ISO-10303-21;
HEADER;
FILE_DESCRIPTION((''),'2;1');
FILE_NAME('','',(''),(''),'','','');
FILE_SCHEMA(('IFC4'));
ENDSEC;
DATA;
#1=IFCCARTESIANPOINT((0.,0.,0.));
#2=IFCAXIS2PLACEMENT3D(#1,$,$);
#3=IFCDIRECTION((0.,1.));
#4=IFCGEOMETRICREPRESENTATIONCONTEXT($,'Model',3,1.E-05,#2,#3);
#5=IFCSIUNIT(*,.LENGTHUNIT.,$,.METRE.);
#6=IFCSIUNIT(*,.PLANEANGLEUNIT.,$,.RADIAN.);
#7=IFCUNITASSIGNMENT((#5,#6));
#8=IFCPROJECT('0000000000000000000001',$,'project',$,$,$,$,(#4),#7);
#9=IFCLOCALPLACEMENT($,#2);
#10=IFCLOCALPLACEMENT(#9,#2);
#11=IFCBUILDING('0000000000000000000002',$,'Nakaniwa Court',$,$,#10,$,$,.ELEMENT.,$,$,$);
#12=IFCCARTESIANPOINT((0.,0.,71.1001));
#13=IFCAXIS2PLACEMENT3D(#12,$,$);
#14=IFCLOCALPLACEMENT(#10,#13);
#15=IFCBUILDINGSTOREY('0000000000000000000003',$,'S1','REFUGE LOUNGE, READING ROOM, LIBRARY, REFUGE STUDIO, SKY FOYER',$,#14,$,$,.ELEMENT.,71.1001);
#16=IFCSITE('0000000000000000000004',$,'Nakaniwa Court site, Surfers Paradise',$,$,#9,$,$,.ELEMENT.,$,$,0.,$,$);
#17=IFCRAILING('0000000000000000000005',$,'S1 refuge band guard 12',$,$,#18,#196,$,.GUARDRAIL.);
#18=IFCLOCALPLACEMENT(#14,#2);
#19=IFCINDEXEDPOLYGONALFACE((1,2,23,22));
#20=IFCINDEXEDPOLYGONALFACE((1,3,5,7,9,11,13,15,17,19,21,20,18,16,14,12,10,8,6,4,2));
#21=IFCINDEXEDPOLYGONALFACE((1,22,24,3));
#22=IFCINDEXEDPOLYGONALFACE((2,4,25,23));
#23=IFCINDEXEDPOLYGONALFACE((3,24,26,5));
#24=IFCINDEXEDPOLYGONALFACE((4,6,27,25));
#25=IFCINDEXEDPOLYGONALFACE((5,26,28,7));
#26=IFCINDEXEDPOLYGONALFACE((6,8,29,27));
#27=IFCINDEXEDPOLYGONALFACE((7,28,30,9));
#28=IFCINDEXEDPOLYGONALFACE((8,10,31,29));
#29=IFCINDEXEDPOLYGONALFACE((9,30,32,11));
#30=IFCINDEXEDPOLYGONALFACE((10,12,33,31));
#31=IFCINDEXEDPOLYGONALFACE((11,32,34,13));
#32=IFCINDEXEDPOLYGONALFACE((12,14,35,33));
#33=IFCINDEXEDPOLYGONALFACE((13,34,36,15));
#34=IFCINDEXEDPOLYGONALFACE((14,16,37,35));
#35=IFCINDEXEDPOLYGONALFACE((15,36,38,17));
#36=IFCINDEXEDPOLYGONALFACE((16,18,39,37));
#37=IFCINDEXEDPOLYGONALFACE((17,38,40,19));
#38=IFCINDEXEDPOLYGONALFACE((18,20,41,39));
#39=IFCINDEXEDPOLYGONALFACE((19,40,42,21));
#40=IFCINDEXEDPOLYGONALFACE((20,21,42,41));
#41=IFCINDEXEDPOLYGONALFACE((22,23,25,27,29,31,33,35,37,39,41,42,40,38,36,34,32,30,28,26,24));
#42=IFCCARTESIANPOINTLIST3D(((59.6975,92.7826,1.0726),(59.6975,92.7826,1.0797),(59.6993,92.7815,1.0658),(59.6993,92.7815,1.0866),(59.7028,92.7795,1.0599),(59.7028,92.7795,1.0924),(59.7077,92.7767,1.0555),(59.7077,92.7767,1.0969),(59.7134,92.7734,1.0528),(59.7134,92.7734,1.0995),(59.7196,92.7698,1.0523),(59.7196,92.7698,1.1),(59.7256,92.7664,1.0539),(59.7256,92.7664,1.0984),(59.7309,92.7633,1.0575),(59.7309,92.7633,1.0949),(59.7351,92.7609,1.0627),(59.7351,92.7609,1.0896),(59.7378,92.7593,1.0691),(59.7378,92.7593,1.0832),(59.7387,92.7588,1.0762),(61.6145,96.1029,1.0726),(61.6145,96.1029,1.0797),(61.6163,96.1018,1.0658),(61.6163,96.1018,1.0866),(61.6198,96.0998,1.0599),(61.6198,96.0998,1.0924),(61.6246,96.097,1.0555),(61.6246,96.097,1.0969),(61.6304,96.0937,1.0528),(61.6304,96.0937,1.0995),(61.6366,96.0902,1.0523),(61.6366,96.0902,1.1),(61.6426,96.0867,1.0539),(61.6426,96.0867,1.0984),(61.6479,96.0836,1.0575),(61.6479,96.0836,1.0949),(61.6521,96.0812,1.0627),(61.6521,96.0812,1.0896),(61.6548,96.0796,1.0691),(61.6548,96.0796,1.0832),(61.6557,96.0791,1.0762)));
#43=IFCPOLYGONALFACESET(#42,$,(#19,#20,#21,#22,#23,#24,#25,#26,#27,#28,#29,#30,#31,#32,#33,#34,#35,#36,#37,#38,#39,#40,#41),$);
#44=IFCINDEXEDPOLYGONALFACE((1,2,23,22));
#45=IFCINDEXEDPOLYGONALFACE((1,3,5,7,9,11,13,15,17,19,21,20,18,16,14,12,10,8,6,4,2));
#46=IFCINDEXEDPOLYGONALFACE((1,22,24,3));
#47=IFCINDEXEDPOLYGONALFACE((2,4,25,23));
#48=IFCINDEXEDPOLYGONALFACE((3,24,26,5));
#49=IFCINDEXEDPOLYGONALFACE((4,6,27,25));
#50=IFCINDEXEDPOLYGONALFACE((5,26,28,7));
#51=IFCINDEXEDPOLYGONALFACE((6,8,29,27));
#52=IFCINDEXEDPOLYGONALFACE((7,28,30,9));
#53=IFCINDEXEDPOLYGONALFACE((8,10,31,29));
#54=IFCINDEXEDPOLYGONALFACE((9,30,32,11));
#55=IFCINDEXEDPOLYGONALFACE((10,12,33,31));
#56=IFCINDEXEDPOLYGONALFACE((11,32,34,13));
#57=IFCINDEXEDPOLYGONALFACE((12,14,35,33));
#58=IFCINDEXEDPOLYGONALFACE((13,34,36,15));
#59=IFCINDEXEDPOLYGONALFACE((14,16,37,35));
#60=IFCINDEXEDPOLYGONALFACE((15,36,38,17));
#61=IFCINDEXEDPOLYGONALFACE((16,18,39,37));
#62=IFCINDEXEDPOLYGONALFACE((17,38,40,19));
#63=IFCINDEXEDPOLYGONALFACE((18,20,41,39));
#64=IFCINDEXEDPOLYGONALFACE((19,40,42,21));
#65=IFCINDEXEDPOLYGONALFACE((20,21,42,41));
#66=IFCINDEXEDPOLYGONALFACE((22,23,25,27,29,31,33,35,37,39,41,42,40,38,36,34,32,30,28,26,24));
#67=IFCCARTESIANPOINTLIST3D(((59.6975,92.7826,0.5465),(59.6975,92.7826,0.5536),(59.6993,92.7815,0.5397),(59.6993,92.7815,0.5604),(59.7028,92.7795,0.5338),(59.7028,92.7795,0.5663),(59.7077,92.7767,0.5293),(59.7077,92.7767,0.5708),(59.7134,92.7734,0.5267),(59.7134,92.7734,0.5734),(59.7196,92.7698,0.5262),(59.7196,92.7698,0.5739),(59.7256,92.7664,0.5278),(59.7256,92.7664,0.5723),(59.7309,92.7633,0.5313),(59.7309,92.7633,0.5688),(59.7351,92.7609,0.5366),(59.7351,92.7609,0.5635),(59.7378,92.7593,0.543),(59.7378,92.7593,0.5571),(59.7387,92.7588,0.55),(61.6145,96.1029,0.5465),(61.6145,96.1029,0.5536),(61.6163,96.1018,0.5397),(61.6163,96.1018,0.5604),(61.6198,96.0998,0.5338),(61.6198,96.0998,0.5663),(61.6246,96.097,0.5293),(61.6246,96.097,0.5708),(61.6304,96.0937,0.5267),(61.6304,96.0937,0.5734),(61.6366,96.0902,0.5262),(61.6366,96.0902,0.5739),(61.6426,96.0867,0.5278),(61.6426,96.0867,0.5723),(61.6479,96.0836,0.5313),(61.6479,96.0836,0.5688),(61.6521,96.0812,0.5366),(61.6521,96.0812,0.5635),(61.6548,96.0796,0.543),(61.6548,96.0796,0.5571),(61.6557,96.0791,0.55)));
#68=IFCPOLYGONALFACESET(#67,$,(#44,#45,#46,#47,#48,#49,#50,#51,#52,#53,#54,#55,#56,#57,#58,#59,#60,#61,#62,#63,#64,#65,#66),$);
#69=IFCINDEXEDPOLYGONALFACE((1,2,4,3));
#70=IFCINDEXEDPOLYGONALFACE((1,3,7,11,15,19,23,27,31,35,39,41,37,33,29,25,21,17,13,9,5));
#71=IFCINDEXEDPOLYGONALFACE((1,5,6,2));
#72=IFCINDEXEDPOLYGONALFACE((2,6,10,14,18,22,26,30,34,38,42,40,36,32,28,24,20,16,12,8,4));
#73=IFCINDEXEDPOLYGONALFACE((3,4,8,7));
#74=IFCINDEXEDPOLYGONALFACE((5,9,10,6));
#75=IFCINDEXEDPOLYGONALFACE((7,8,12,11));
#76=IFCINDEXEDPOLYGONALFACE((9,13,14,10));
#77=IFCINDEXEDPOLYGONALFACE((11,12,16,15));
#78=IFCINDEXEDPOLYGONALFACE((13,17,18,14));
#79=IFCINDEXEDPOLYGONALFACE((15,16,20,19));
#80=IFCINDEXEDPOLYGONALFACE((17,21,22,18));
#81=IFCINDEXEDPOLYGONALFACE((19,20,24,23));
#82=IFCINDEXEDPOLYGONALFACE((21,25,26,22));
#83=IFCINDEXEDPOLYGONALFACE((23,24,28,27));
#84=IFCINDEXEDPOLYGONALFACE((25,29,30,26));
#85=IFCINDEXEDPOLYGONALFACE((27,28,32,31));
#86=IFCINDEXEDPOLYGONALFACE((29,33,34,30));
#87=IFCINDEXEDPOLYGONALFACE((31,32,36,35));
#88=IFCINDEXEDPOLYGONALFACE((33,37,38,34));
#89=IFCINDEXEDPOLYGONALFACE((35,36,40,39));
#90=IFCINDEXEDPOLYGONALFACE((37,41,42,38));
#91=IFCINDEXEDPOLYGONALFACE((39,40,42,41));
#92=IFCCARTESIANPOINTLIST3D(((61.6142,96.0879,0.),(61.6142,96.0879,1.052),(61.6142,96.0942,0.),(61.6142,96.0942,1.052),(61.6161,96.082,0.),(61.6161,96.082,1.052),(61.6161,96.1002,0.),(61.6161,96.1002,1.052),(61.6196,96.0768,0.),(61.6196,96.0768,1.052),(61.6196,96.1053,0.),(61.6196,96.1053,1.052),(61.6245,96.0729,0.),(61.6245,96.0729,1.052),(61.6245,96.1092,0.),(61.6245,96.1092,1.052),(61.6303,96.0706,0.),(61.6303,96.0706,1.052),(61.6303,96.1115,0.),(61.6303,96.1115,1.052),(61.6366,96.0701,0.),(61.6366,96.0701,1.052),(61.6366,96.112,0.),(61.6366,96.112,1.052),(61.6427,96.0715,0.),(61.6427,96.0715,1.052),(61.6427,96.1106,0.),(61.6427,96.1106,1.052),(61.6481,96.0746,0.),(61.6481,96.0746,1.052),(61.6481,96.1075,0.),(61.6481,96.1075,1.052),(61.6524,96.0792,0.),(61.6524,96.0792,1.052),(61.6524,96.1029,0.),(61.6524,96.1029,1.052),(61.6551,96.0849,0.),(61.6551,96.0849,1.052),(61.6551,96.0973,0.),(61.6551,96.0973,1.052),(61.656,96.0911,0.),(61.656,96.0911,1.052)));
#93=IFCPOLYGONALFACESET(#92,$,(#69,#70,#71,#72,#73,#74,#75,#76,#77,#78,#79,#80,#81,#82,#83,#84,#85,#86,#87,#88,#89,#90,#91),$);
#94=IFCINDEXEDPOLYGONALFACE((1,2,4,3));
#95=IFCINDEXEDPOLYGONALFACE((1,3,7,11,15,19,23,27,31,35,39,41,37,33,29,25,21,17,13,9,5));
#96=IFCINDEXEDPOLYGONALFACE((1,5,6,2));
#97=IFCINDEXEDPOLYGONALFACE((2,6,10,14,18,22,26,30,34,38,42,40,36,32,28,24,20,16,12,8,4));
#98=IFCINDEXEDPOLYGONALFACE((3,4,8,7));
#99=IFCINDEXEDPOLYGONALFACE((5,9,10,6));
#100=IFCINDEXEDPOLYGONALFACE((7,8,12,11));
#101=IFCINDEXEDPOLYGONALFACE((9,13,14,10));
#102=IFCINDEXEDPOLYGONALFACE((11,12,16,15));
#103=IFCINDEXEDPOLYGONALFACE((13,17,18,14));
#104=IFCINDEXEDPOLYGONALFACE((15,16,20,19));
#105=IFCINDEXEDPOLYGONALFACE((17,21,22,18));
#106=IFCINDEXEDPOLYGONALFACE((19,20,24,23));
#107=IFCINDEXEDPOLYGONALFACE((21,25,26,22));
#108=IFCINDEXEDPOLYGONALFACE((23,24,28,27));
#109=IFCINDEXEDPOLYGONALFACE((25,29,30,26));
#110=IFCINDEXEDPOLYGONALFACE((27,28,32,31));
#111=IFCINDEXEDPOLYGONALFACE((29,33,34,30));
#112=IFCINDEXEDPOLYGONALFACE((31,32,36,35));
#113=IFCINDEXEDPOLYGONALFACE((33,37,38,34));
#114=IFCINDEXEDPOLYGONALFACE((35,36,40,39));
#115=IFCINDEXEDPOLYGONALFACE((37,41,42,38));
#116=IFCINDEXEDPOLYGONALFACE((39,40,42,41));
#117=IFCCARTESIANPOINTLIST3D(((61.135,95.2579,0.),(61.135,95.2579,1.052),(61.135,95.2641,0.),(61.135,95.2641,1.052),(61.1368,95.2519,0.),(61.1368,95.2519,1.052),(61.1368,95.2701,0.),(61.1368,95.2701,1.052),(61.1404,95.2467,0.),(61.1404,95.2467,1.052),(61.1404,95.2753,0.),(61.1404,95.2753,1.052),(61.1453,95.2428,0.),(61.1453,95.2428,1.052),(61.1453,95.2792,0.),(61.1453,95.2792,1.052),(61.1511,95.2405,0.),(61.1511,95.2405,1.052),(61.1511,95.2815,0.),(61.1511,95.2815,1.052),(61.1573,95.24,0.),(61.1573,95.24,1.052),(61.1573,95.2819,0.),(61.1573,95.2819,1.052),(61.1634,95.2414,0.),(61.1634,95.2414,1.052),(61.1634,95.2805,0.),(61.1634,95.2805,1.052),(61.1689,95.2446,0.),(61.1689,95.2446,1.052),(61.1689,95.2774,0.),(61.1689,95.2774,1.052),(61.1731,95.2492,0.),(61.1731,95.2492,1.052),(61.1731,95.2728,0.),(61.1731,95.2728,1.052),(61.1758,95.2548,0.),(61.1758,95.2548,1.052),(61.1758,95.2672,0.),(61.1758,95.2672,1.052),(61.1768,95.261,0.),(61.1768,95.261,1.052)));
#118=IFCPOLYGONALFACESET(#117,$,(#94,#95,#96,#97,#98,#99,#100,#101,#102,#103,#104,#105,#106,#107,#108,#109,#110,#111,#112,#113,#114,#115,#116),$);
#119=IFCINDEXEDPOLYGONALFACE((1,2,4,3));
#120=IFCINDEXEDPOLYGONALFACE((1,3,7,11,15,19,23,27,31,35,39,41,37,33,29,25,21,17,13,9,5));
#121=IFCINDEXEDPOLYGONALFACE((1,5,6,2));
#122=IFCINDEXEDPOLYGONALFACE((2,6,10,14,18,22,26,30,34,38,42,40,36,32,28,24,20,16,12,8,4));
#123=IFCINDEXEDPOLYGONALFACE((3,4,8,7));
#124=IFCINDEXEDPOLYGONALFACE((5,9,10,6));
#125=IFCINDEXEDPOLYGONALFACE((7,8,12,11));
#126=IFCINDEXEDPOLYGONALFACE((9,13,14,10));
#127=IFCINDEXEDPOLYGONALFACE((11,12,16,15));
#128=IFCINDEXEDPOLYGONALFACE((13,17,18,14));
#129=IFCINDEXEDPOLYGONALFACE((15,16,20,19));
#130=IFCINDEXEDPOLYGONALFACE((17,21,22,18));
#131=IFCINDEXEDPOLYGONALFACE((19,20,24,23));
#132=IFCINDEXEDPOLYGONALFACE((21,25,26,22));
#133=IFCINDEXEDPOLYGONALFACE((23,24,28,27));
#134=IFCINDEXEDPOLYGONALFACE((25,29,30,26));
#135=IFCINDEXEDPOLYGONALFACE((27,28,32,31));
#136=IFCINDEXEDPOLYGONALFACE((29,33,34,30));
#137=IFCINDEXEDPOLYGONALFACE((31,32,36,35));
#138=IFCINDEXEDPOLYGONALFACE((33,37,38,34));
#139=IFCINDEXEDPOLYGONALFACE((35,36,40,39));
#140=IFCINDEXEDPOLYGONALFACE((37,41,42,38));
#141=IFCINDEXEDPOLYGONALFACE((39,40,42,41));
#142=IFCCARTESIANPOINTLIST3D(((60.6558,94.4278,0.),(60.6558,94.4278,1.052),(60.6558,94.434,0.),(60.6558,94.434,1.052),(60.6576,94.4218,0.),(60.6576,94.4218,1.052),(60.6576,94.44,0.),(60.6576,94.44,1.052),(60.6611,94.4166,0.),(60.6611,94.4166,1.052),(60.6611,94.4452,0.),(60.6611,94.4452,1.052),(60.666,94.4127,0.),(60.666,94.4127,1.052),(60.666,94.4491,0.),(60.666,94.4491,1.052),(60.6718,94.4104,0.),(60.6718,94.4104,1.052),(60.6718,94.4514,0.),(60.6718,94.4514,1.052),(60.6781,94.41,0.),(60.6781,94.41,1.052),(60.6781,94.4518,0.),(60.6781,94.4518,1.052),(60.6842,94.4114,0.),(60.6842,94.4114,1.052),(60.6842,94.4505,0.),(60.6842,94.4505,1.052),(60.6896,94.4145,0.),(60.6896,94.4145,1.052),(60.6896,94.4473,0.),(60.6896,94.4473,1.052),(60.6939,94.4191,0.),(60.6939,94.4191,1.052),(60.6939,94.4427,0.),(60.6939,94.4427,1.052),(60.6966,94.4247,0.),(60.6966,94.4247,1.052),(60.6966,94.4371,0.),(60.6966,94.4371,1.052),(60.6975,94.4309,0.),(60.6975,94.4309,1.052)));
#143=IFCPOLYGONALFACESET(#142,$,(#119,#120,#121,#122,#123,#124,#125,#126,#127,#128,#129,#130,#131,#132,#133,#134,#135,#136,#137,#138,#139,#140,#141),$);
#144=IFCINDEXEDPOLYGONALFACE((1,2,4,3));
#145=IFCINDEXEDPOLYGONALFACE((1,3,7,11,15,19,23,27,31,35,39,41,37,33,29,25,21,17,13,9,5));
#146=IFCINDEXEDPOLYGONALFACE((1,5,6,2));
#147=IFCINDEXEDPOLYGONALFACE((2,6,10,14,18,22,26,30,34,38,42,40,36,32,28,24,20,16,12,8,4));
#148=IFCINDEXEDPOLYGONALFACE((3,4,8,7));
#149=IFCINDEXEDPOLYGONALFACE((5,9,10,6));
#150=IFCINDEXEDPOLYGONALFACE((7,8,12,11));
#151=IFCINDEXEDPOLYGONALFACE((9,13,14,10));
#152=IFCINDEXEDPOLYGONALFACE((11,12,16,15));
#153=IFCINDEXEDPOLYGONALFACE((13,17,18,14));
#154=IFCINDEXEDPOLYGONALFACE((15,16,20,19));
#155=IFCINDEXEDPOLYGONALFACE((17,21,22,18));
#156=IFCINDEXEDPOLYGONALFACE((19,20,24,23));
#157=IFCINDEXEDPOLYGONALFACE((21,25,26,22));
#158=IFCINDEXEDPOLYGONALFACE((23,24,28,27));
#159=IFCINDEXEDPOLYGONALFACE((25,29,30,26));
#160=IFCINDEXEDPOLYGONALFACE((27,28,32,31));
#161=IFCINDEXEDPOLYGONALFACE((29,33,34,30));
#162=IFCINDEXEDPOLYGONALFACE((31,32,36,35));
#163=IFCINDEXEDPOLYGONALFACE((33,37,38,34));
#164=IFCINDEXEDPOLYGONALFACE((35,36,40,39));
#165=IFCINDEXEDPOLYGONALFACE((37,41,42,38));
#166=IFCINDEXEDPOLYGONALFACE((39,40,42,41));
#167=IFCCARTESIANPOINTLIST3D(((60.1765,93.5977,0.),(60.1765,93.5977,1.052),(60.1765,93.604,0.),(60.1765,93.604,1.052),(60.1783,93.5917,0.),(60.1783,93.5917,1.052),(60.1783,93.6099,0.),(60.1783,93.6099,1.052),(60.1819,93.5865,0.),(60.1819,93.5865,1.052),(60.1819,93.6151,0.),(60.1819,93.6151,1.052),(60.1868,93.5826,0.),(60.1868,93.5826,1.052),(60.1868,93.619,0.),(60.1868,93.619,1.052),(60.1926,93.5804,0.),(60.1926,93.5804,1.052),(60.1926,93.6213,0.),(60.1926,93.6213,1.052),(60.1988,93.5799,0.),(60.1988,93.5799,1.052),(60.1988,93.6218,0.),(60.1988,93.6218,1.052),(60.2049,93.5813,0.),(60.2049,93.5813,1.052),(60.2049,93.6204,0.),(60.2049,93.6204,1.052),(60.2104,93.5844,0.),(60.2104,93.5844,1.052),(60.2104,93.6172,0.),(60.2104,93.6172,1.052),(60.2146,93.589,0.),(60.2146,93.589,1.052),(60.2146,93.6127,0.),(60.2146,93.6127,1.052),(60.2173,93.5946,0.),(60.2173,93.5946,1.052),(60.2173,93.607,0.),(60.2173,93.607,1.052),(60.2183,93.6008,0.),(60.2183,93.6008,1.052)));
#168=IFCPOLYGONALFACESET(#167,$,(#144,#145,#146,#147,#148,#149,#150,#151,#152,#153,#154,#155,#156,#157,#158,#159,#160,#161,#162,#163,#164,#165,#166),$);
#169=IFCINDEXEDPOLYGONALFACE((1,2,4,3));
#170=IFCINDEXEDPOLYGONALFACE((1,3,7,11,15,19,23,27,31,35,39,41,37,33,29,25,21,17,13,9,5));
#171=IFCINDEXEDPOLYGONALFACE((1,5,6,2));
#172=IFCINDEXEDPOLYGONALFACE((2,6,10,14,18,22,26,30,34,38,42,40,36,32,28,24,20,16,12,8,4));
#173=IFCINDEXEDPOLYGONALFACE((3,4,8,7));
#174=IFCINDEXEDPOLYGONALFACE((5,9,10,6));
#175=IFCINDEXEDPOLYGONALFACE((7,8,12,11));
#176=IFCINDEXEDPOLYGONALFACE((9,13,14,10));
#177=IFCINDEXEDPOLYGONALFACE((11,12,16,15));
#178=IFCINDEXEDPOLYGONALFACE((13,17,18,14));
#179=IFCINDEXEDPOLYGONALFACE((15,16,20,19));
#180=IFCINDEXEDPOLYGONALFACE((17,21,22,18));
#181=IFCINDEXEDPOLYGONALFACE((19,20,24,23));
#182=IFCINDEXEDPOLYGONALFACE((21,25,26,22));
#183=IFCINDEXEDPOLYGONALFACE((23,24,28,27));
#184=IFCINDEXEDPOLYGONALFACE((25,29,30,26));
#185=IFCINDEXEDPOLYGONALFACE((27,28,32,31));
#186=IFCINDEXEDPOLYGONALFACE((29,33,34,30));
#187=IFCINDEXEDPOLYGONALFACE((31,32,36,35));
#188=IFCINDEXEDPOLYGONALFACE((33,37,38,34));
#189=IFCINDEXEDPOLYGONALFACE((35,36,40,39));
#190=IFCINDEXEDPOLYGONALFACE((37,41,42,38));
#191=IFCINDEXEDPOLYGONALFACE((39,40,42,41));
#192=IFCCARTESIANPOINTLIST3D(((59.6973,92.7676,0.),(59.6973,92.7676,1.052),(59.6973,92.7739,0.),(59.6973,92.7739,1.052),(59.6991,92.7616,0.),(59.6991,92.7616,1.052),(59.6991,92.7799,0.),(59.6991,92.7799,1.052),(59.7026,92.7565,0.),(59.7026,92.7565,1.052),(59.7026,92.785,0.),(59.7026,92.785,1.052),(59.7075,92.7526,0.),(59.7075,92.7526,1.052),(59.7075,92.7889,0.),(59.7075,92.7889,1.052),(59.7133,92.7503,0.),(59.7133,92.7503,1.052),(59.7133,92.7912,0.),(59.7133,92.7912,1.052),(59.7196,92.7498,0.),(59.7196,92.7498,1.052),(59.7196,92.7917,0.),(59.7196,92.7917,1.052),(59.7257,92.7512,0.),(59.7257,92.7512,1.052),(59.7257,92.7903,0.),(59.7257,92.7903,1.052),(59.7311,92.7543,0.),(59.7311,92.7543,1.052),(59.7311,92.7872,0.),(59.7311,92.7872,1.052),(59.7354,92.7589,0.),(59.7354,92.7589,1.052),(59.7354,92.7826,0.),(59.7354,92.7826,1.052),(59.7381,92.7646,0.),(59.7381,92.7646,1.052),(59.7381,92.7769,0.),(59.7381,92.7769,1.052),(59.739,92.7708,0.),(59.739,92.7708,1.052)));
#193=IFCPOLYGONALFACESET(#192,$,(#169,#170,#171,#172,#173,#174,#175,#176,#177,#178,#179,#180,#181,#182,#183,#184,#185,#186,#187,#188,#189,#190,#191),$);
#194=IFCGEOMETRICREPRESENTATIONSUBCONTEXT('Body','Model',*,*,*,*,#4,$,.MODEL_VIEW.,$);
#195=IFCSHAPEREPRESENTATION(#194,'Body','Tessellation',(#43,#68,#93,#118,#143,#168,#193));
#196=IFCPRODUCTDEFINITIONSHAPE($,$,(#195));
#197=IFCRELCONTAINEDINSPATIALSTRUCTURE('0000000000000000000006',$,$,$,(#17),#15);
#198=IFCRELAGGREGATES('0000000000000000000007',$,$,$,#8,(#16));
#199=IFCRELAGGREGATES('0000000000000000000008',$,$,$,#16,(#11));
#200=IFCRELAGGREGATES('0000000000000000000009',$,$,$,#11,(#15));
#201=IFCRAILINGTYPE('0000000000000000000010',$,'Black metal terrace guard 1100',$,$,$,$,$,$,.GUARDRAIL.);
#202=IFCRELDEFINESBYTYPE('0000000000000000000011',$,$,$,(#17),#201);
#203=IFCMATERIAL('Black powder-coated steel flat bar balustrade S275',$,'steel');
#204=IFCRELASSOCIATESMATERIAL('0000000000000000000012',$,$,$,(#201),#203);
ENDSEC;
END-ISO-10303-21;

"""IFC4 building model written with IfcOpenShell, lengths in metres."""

from ifc_helpers import new_model, si_unit, direction, frame, origin, origin_2d, place, context, subcontext, project, spatial, circle, extrude, material, type_object, element, save


model = new_model("IFC4")

# Units and contexts
model_context = context("Model", 3, precision=1e-05, world=origin(), true_north=direction((0.0, 1.0)))
body_context = subcontext(model_context, "Body", "Model", "MODEL_VIEW")
ifc_project = project(units=[si_unit("LENGTHUNIT", "METRE"), si_unit("PLANEANGLEUNIT", "RADIAN")], contexts=[model_context])

# Site, building, storey
site_placement = place(None, origin())
site = spatial("IfcSite", under=ifc_project, at=site_placement, Name="Nakaniwa Court site, Surfers Paradise", CompositionType="ELEMENT", RefElevation=0.0)
building_placement = place(site_placement, origin())
building = spatial("IfcBuilding", under=site, at=building_placement, Name="Nakaniwa Court", CompositionType="ELEMENT")
storey_placement = place(building_placement, frame((0.0, 0.0, 71.1001)))
storey = spatial("IfcBuildingStorey", under=building, at=storey_placement, Name="S1", Description="REFUGE LOUNGE, READING ROOM, LIBRARY, REFUGE STUDIO, SKY FOYER", CompositionType="ELEMENT", Elevation=71.1001)

# Railing
ifc_material_1 = material(Name="Black powder-coated steel flat bar balustrade S275", Category="steel")
railing_type = type_object("IfcRailingType", Name="Black metal terrace guard 1100", PredefinedType="GUARDRAIL", material=ifc_material_1)
railing_1_placement = place(storey_placement, frame((61.635, 96.0911, 0.0)))
element("IfcRailing", 1, at=railing_1_placement, inside=storey, type_object=railing_type, Name="S1 refuge band guard 12", PredefinedType="GUARDRAIL", context=body_context, shape_type="SweptSolid", body=[
    extrude(circle(Radius=0.0239, at=origin_2d()), frame((0.0, 0.0, 1.0762), z_axis=(-0.500002, -0.866024, 0.0), x_axis=(0.866024, -0.500002, 0.0)), (0.0, 0.0, 1.0), 3.834),
    extrude(circle(Radius=0.0239, at=origin_2d()), frame((0.0, 0.0, 0.55), z_axis=(-0.500002, -0.866024, 0.0), x_axis=(0.866024, -0.500002, 0.0)), (0.0, 0.0, 1.0), 3.834),
    extrude(circle(Radius=0.021, at=origin_2d()), origin(), (0.0, 0.0, 1.0), 1.052),
    extrude(circle(Radius=0.021, at=origin_2d()), frame((-0.4792, -0.8301, 0.0)), (0.0, 0.0, 1.0), 1.052),
    extrude(circle(Radius=0.021, at=origin_2d()), frame((-0.9585, -1.6602, 0.0)), (0.0, 0.0, 1.0), 1.052),
    extrude(circle(Radius=0.021, at=origin_2d()), frame((-1.4377, -2.4902, 0.0)), (0.0, 0.0, 1.0), 1.052),
    extrude(circle(Radius=0.021, at=origin_2d()), frame((-1.917, -3.3203, 0.0)), (0.0, 0.0, 1.0), 1.052),
])

save(model, "model.ifc")
